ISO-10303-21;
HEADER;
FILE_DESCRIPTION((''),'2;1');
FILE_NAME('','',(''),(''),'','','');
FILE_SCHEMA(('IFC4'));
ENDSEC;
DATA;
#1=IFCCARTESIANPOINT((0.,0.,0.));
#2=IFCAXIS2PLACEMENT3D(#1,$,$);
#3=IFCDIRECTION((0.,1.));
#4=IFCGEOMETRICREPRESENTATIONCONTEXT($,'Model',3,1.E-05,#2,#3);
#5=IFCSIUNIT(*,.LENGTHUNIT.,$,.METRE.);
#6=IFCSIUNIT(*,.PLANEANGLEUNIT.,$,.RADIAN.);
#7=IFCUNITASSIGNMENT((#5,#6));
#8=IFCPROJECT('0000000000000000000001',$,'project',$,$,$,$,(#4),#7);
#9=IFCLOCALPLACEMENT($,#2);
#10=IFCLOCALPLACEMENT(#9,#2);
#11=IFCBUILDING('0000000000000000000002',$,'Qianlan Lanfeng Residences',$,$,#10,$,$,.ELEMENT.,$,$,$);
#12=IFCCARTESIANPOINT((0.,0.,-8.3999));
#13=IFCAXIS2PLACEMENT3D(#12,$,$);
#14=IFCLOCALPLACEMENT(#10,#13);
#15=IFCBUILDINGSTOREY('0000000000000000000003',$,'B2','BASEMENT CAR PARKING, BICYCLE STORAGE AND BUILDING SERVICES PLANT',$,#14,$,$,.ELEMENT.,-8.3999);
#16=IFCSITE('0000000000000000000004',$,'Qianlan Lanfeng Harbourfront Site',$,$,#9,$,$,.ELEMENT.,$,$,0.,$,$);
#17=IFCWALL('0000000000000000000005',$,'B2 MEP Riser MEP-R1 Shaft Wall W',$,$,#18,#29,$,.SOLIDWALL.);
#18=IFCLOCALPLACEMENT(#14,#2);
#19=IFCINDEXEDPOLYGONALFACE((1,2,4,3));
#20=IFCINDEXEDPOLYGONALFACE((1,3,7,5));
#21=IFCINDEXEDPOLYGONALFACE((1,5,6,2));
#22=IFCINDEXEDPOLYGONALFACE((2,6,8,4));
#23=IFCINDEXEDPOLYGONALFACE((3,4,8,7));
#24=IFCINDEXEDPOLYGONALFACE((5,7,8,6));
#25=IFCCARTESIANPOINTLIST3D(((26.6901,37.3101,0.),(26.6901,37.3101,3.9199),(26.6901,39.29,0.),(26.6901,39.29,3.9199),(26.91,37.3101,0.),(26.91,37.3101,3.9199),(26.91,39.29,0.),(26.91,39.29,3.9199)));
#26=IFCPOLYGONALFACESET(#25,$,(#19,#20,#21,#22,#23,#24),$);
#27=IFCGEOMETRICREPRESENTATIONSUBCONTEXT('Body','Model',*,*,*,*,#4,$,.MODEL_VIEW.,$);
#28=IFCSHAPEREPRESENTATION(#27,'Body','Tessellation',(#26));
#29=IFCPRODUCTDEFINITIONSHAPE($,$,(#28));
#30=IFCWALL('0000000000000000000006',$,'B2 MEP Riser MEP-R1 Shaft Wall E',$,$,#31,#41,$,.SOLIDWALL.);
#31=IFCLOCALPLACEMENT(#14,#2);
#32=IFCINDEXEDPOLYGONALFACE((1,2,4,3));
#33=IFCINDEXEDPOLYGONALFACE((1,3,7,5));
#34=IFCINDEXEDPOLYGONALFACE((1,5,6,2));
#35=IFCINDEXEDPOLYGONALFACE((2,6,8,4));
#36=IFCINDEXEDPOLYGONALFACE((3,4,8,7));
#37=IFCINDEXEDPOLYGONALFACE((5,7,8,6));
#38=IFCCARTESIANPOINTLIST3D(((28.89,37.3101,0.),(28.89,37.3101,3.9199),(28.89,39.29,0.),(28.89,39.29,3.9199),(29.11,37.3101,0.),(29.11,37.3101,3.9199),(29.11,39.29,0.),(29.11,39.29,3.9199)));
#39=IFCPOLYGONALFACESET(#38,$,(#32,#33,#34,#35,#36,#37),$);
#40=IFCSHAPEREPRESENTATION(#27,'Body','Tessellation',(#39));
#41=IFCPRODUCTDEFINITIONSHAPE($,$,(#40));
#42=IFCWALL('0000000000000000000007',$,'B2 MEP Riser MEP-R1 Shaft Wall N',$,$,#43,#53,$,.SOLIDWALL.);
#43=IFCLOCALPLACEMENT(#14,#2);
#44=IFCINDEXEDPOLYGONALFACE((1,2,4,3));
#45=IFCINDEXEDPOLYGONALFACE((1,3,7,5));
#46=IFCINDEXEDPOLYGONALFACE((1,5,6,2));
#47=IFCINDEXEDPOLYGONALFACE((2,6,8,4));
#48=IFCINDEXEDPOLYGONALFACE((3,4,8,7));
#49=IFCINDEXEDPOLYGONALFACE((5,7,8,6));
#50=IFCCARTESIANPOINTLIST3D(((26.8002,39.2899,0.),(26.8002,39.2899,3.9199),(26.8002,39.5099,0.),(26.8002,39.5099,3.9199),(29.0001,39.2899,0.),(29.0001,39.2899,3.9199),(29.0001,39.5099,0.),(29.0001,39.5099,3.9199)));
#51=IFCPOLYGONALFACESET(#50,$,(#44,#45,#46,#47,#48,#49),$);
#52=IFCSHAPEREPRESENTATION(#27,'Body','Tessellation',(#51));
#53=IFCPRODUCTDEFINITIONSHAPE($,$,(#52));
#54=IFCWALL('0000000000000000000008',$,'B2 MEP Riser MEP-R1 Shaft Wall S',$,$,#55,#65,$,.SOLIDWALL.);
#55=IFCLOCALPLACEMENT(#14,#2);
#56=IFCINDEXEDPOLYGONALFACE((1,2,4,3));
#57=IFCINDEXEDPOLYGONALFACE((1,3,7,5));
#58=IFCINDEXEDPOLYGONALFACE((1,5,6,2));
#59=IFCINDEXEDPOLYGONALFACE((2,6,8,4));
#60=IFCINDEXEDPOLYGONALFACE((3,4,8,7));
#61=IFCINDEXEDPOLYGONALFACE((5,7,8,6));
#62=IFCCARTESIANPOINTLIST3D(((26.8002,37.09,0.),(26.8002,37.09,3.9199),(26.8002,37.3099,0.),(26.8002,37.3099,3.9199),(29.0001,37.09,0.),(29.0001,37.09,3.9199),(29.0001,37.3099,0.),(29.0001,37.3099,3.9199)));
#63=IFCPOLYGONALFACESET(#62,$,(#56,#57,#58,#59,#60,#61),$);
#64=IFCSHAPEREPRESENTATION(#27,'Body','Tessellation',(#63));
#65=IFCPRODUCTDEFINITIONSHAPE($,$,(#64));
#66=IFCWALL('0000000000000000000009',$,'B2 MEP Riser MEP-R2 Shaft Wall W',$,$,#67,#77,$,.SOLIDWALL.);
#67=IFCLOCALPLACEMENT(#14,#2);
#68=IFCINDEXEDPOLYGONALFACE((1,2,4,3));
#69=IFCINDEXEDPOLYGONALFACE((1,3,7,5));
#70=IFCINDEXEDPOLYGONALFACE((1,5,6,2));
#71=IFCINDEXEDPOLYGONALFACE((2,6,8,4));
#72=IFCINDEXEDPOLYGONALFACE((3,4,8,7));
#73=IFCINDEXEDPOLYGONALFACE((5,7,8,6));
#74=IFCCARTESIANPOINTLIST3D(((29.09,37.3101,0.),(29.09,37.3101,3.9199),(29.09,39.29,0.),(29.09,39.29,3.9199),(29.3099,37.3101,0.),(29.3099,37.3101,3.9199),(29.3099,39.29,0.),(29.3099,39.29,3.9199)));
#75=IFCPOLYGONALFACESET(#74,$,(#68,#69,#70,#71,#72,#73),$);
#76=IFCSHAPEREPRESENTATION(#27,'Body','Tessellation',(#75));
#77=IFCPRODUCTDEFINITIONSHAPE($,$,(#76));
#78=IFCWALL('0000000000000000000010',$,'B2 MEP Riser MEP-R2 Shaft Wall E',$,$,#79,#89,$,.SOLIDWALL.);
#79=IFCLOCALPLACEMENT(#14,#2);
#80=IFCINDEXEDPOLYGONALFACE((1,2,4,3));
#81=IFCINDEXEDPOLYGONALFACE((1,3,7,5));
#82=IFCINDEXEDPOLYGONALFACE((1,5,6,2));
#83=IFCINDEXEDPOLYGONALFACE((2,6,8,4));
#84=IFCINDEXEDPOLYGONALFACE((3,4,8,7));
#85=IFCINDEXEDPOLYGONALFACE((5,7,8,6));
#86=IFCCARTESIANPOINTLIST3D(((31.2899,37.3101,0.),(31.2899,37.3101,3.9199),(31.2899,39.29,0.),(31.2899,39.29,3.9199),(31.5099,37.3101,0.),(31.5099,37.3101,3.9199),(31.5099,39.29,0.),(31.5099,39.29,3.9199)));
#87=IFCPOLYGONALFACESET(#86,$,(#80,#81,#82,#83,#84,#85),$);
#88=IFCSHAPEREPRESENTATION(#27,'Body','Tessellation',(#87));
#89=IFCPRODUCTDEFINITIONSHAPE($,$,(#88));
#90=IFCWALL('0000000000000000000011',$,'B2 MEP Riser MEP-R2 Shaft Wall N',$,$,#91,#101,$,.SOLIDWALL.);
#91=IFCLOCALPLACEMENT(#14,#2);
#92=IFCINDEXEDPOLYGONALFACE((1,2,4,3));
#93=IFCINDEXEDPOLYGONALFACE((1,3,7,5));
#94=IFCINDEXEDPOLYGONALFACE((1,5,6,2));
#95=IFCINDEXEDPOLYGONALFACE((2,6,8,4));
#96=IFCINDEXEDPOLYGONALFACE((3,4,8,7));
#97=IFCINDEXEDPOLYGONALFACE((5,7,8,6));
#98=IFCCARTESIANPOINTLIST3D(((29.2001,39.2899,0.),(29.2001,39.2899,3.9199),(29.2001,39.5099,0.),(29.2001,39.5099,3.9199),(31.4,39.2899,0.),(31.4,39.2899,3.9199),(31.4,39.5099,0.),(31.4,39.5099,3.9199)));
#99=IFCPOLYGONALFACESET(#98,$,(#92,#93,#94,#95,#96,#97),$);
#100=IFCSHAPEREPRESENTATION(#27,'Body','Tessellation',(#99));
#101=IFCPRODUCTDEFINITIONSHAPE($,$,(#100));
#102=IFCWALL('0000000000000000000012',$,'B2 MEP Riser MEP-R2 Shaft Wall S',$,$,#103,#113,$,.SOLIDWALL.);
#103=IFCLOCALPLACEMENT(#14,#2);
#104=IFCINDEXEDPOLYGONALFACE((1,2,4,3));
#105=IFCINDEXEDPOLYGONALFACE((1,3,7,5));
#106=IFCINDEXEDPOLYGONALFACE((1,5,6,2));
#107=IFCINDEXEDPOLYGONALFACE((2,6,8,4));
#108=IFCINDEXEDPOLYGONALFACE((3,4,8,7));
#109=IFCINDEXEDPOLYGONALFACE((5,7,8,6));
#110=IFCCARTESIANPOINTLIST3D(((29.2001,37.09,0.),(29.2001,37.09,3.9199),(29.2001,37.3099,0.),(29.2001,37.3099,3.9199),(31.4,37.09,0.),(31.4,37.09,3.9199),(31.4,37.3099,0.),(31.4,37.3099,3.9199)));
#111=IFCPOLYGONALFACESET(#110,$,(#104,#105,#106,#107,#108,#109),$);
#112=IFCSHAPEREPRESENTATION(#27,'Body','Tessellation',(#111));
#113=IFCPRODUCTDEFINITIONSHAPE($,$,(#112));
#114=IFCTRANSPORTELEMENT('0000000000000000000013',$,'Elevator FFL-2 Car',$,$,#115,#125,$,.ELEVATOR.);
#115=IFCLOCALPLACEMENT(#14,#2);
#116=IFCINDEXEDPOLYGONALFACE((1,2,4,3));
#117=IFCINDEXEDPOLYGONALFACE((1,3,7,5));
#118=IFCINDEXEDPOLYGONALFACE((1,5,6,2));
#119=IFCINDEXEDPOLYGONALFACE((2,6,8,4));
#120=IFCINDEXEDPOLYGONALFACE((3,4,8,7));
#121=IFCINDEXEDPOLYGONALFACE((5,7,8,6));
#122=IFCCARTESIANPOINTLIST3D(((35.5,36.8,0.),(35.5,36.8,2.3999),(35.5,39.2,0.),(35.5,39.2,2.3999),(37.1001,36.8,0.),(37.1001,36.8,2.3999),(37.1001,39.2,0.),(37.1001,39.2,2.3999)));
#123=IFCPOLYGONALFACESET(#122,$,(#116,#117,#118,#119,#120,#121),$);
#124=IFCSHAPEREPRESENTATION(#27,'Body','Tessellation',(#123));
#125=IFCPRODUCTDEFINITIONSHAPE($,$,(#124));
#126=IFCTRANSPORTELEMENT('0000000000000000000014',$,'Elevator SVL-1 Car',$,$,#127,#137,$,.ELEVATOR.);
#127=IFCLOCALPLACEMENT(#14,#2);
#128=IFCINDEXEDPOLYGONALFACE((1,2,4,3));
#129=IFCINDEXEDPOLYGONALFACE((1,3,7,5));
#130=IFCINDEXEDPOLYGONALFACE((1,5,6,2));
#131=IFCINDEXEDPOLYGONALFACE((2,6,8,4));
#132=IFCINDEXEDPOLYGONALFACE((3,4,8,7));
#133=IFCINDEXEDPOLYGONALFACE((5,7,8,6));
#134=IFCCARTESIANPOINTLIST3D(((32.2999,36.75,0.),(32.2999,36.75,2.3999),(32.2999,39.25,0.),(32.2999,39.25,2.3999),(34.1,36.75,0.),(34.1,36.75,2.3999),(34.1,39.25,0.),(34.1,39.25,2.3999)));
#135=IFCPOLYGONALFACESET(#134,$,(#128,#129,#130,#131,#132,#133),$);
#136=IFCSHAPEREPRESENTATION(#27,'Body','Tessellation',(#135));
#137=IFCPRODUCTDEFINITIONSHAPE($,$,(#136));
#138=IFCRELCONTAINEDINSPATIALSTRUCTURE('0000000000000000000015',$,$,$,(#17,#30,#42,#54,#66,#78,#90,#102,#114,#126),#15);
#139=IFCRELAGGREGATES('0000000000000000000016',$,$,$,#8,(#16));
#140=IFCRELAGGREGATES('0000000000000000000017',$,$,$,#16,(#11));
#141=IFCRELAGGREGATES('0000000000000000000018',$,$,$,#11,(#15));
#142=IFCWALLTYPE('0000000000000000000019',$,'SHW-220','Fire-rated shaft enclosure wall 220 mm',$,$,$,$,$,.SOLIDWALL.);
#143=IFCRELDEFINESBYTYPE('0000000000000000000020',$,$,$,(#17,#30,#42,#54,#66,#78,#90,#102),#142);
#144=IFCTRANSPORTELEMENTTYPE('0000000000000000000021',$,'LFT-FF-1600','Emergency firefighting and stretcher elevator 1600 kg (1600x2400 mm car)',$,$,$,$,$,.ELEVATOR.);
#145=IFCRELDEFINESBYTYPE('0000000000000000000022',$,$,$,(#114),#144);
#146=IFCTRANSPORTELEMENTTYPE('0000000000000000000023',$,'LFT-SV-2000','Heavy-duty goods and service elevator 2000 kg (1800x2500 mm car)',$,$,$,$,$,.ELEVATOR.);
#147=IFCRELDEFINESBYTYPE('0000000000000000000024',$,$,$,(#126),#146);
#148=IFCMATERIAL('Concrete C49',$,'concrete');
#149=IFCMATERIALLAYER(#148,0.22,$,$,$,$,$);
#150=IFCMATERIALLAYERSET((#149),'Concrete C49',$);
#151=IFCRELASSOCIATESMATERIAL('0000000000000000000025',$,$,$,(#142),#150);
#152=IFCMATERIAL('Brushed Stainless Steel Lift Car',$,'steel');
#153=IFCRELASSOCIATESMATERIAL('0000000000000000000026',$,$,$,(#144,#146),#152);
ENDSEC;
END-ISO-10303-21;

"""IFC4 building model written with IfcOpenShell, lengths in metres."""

from ifc_helpers import new_model, si_unit, direction, frame, frame_2d, origin, origin_2d, place, context, subcontext, project, spatial, rectangle, extrude, source, transform, mapped, material, layer, layer_set, type_object, element, save


model = new_model("IFC4")

# Units and contexts
model_context = context("Model", 3, precision=1e-05, world=origin(), true_north=direction((0.0, 1.0)))
body_context = subcontext(model_context, "Body", "Model", "MODEL_VIEW")
ifc_project = project(units=[si_unit("LENGTHUNIT", "METRE"), si_unit("PLANEANGLEUNIT", "RADIAN")], contexts=[model_context])

# Site, building, storey
site_placement = place(None, origin())
site = spatial("IfcSite", under=ifc_project, at=site_placement, Name="Qianlan Lanfeng Harbourfront Site", CompositionType="ELEMENT", RefElevation=0.0)
building_placement = place(site_placement, origin())
building = spatial("IfcBuilding", under=site, at=building_placement, Name="Qianlan Lanfeng Residences", CompositionType="ELEMENT")
storey_placement = place(building_placement, frame((0.0, 0.0, -8.3999)))
storey = spatial("IfcBuildingStorey", under=building, at=storey_placement, Name="B2", Description="BASEMENT CAR PARKING, BICYCLE STORAGE AND BUILDING SERVICES PLANT", CompositionType="ELEMENT", Elevation=-8.3999)

# Walls
ifc_material_1 = material(Name="Concrete C49", Category="concrete")
ifc_layer = layer(ifc_material_1, 0.22)
ifc_layer_set = layer_set([ifc_layer], Name="Concrete C49")
wall_type = type_object("IfcWallType", Name="SHW-220", Description="Fire-rated shaft enclosure wall 220 mm", PredefinedType="SOLIDWALL", material=ifc_layer_set)
for number, where, z_axis, x_axis, name in (
    (1, (26.8, 37.3101, 0.0), (0.0, 0.0, 1.0), (0.0, 1.0, 0.0), "B2 MEP Riser MEP-R1 Shaft Wall W"),
    (2, (29.0, 37.3101, 0.0), (0.0, 0.0, 1.0), (0.0, 1.0, 0.0), "B2 MEP Riser MEP-R1 Shaft Wall E"),
):
    element("IfcWall", number, at=place(storey_placement, frame(where, z_axis=z_axis, x_axis=x_axis)), inside=storey, type_object=wall_type, Name=name, PredefinedType="SOLIDWALL", context=body_context, shape_type="SweptSolid", body=[
        extrude(rectangle(XDim=1.98, YDim=0.22, at=frame_2d((0.99, 0.0))), origin(), (0.0, 0.0, 1.0), 3.9199),
    ])
for number, where, z_axis, x_axis, name in (
    (3, (26.8, 39.3999, 0.0), (0.0, 0.0, 1.0), (1.0, 0.0, 0.0), "B2 MEP Riser MEP-R1 Shaft Wall N"),
    (4, (26.8, 37.2, 0.0), (0.0, 0.0, 1.0), (1.0, 0.0, 0.0), "B2 MEP Riser MEP-R1 Shaft Wall S"),
):
    element("IfcWall", number, at=place(storey_placement, frame(where, z_axis=z_axis, x_axis=x_axis)), inside=storey, type_object=wall_type, Name=name, PredefinedType="SOLIDWALL", context=body_context, shape_type="SweptSolid", body=[
        extrude(rectangle(XDim=2.2, YDim=0.22, at=frame_2d((1.1001, 0.0))), origin(), (0.0, 0.0, 1.0), 3.9199),
    ])
for number, where, z_axis, x_axis, name in (
    (5, (29.2, 37.3101, 0.0), (0.0, 0.0, 1.0), (0.0, 1.0, 0.0), "B2 MEP Riser MEP-R2 Shaft Wall W"),
    (6, (31.3999, 37.3101, 0.0), (0.0, 0.0, 1.0), (0.0, 1.0, 0.0), "B2 MEP Riser MEP-R2 Shaft Wall E"),
):
    element("IfcWall", number, at=place(storey_placement, frame(where, z_axis=z_axis, x_axis=x_axis)), inside=storey, type_object=wall_type, Name=name, PredefinedType="SOLIDWALL", context=body_context, shape_type="SweptSolid", body=[
        extrude(rectangle(XDim=1.98, YDim=0.22, at=frame_2d((0.99, 0.0))), origin(), (0.0, 0.0, 1.0), 3.9199),
    ])
for number, where, z_axis, x_axis, name in (
    (7, (29.2, 39.3999, 0.0), (0.0, 0.0, 1.0), (1.0, 0.0, 0.0), "B2 MEP Riser MEP-R2 Shaft Wall N"),
    (8, (29.2, 37.2, 0.0), (0.0, 0.0, 1.0), (1.0, 0.0, 0.0), "B2 MEP Riser MEP-R2 Shaft Wall S"),
):
    element("IfcWall", number, at=place(storey_placement, frame(where, z_axis=z_axis, x_axis=x_axis)), inside=storey, type_object=wall_type, Name=name, PredefinedType="SOLIDWALL", context=body_context, shape_type="SweptSolid", body=[
        extrude(rectangle(XDim=2.2, YDim=0.22, at=frame_2d((1.1001, 0.0))), origin(), (0.0, 0.0, 1.0), 3.9199),
    ])

# Transport elements
ifc_material_2 = material(Name="Brushed Stainless Steel Lift Car", Category="steel")
transport_element_type_1 = type_object("IfcTransportElementType", Name="LFT-FF-1600", Description="Emergency firefighting and stretcher elevator 1600 kg (1600x2400 mm car)", PredefinedType="ELEVATOR", material=ifc_material_2)
shared_shape_1 = source(origin(), body_context, "Body", "SweptSolid", [
    extrude(rectangle(XDim=1.6001, YDim=2.3999, at=origin_2d()), origin(), (0.0, 0.0, 1.0), 2.3999),
])
transport_element_1_placement = place(storey_placement, frame((36.3, 38.0, 0.0), z_axis=(0.0, 0.0, 1.0), x_axis=(1.0, 0.0, 0.0)))
element("IfcTransportElement", 9, at=transport_element_1_placement, inside=storey, type_object=transport_element_type_1, Name="Elevator FFL-2 Car", PredefinedType="ELEVATOR", context=body_context, shape_type="MappedRepresentation", body=[
    mapped(shared_shape_1, transform((0.0, 0.0, 0.0), scale=1.0)),
])
transport_element_type_2 = type_object("IfcTransportElementType", Name="LFT-SV-2000", Description="Heavy-duty goods and service elevator 2000 kg (1800x2500 mm car)", PredefinedType="ELEVATOR", material=ifc_material_2)
shared_shape_2 = source(origin(), body_context, "Body", "SweptSolid", [
    extrude(rectangle(XDim=1.8, YDim=2.5, at=origin_2d()), origin(), (0.0, 0.0, 1.0), 2.3999),
])
transport_element_2_placement = place(storey_placement, frame((33.2, 38.0, 0.0), z_axis=(0.0, 0.0, 1.0), x_axis=(1.0, 0.0, 0.0)))
element("IfcTransportElement", 10, at=transport_element_2_placement, inside=storey, type_object=transport_element_type_2, Name="Elevator SVL-1 Car", PredefinedType="ELEVATOR", context=body_context, shape_type="MappedRepresentation", body=[
    mapped(shared_shape_2, transform((0.0, 0.0, 0.0), scale=1.0)),
])

save(model, "model.ifc")
